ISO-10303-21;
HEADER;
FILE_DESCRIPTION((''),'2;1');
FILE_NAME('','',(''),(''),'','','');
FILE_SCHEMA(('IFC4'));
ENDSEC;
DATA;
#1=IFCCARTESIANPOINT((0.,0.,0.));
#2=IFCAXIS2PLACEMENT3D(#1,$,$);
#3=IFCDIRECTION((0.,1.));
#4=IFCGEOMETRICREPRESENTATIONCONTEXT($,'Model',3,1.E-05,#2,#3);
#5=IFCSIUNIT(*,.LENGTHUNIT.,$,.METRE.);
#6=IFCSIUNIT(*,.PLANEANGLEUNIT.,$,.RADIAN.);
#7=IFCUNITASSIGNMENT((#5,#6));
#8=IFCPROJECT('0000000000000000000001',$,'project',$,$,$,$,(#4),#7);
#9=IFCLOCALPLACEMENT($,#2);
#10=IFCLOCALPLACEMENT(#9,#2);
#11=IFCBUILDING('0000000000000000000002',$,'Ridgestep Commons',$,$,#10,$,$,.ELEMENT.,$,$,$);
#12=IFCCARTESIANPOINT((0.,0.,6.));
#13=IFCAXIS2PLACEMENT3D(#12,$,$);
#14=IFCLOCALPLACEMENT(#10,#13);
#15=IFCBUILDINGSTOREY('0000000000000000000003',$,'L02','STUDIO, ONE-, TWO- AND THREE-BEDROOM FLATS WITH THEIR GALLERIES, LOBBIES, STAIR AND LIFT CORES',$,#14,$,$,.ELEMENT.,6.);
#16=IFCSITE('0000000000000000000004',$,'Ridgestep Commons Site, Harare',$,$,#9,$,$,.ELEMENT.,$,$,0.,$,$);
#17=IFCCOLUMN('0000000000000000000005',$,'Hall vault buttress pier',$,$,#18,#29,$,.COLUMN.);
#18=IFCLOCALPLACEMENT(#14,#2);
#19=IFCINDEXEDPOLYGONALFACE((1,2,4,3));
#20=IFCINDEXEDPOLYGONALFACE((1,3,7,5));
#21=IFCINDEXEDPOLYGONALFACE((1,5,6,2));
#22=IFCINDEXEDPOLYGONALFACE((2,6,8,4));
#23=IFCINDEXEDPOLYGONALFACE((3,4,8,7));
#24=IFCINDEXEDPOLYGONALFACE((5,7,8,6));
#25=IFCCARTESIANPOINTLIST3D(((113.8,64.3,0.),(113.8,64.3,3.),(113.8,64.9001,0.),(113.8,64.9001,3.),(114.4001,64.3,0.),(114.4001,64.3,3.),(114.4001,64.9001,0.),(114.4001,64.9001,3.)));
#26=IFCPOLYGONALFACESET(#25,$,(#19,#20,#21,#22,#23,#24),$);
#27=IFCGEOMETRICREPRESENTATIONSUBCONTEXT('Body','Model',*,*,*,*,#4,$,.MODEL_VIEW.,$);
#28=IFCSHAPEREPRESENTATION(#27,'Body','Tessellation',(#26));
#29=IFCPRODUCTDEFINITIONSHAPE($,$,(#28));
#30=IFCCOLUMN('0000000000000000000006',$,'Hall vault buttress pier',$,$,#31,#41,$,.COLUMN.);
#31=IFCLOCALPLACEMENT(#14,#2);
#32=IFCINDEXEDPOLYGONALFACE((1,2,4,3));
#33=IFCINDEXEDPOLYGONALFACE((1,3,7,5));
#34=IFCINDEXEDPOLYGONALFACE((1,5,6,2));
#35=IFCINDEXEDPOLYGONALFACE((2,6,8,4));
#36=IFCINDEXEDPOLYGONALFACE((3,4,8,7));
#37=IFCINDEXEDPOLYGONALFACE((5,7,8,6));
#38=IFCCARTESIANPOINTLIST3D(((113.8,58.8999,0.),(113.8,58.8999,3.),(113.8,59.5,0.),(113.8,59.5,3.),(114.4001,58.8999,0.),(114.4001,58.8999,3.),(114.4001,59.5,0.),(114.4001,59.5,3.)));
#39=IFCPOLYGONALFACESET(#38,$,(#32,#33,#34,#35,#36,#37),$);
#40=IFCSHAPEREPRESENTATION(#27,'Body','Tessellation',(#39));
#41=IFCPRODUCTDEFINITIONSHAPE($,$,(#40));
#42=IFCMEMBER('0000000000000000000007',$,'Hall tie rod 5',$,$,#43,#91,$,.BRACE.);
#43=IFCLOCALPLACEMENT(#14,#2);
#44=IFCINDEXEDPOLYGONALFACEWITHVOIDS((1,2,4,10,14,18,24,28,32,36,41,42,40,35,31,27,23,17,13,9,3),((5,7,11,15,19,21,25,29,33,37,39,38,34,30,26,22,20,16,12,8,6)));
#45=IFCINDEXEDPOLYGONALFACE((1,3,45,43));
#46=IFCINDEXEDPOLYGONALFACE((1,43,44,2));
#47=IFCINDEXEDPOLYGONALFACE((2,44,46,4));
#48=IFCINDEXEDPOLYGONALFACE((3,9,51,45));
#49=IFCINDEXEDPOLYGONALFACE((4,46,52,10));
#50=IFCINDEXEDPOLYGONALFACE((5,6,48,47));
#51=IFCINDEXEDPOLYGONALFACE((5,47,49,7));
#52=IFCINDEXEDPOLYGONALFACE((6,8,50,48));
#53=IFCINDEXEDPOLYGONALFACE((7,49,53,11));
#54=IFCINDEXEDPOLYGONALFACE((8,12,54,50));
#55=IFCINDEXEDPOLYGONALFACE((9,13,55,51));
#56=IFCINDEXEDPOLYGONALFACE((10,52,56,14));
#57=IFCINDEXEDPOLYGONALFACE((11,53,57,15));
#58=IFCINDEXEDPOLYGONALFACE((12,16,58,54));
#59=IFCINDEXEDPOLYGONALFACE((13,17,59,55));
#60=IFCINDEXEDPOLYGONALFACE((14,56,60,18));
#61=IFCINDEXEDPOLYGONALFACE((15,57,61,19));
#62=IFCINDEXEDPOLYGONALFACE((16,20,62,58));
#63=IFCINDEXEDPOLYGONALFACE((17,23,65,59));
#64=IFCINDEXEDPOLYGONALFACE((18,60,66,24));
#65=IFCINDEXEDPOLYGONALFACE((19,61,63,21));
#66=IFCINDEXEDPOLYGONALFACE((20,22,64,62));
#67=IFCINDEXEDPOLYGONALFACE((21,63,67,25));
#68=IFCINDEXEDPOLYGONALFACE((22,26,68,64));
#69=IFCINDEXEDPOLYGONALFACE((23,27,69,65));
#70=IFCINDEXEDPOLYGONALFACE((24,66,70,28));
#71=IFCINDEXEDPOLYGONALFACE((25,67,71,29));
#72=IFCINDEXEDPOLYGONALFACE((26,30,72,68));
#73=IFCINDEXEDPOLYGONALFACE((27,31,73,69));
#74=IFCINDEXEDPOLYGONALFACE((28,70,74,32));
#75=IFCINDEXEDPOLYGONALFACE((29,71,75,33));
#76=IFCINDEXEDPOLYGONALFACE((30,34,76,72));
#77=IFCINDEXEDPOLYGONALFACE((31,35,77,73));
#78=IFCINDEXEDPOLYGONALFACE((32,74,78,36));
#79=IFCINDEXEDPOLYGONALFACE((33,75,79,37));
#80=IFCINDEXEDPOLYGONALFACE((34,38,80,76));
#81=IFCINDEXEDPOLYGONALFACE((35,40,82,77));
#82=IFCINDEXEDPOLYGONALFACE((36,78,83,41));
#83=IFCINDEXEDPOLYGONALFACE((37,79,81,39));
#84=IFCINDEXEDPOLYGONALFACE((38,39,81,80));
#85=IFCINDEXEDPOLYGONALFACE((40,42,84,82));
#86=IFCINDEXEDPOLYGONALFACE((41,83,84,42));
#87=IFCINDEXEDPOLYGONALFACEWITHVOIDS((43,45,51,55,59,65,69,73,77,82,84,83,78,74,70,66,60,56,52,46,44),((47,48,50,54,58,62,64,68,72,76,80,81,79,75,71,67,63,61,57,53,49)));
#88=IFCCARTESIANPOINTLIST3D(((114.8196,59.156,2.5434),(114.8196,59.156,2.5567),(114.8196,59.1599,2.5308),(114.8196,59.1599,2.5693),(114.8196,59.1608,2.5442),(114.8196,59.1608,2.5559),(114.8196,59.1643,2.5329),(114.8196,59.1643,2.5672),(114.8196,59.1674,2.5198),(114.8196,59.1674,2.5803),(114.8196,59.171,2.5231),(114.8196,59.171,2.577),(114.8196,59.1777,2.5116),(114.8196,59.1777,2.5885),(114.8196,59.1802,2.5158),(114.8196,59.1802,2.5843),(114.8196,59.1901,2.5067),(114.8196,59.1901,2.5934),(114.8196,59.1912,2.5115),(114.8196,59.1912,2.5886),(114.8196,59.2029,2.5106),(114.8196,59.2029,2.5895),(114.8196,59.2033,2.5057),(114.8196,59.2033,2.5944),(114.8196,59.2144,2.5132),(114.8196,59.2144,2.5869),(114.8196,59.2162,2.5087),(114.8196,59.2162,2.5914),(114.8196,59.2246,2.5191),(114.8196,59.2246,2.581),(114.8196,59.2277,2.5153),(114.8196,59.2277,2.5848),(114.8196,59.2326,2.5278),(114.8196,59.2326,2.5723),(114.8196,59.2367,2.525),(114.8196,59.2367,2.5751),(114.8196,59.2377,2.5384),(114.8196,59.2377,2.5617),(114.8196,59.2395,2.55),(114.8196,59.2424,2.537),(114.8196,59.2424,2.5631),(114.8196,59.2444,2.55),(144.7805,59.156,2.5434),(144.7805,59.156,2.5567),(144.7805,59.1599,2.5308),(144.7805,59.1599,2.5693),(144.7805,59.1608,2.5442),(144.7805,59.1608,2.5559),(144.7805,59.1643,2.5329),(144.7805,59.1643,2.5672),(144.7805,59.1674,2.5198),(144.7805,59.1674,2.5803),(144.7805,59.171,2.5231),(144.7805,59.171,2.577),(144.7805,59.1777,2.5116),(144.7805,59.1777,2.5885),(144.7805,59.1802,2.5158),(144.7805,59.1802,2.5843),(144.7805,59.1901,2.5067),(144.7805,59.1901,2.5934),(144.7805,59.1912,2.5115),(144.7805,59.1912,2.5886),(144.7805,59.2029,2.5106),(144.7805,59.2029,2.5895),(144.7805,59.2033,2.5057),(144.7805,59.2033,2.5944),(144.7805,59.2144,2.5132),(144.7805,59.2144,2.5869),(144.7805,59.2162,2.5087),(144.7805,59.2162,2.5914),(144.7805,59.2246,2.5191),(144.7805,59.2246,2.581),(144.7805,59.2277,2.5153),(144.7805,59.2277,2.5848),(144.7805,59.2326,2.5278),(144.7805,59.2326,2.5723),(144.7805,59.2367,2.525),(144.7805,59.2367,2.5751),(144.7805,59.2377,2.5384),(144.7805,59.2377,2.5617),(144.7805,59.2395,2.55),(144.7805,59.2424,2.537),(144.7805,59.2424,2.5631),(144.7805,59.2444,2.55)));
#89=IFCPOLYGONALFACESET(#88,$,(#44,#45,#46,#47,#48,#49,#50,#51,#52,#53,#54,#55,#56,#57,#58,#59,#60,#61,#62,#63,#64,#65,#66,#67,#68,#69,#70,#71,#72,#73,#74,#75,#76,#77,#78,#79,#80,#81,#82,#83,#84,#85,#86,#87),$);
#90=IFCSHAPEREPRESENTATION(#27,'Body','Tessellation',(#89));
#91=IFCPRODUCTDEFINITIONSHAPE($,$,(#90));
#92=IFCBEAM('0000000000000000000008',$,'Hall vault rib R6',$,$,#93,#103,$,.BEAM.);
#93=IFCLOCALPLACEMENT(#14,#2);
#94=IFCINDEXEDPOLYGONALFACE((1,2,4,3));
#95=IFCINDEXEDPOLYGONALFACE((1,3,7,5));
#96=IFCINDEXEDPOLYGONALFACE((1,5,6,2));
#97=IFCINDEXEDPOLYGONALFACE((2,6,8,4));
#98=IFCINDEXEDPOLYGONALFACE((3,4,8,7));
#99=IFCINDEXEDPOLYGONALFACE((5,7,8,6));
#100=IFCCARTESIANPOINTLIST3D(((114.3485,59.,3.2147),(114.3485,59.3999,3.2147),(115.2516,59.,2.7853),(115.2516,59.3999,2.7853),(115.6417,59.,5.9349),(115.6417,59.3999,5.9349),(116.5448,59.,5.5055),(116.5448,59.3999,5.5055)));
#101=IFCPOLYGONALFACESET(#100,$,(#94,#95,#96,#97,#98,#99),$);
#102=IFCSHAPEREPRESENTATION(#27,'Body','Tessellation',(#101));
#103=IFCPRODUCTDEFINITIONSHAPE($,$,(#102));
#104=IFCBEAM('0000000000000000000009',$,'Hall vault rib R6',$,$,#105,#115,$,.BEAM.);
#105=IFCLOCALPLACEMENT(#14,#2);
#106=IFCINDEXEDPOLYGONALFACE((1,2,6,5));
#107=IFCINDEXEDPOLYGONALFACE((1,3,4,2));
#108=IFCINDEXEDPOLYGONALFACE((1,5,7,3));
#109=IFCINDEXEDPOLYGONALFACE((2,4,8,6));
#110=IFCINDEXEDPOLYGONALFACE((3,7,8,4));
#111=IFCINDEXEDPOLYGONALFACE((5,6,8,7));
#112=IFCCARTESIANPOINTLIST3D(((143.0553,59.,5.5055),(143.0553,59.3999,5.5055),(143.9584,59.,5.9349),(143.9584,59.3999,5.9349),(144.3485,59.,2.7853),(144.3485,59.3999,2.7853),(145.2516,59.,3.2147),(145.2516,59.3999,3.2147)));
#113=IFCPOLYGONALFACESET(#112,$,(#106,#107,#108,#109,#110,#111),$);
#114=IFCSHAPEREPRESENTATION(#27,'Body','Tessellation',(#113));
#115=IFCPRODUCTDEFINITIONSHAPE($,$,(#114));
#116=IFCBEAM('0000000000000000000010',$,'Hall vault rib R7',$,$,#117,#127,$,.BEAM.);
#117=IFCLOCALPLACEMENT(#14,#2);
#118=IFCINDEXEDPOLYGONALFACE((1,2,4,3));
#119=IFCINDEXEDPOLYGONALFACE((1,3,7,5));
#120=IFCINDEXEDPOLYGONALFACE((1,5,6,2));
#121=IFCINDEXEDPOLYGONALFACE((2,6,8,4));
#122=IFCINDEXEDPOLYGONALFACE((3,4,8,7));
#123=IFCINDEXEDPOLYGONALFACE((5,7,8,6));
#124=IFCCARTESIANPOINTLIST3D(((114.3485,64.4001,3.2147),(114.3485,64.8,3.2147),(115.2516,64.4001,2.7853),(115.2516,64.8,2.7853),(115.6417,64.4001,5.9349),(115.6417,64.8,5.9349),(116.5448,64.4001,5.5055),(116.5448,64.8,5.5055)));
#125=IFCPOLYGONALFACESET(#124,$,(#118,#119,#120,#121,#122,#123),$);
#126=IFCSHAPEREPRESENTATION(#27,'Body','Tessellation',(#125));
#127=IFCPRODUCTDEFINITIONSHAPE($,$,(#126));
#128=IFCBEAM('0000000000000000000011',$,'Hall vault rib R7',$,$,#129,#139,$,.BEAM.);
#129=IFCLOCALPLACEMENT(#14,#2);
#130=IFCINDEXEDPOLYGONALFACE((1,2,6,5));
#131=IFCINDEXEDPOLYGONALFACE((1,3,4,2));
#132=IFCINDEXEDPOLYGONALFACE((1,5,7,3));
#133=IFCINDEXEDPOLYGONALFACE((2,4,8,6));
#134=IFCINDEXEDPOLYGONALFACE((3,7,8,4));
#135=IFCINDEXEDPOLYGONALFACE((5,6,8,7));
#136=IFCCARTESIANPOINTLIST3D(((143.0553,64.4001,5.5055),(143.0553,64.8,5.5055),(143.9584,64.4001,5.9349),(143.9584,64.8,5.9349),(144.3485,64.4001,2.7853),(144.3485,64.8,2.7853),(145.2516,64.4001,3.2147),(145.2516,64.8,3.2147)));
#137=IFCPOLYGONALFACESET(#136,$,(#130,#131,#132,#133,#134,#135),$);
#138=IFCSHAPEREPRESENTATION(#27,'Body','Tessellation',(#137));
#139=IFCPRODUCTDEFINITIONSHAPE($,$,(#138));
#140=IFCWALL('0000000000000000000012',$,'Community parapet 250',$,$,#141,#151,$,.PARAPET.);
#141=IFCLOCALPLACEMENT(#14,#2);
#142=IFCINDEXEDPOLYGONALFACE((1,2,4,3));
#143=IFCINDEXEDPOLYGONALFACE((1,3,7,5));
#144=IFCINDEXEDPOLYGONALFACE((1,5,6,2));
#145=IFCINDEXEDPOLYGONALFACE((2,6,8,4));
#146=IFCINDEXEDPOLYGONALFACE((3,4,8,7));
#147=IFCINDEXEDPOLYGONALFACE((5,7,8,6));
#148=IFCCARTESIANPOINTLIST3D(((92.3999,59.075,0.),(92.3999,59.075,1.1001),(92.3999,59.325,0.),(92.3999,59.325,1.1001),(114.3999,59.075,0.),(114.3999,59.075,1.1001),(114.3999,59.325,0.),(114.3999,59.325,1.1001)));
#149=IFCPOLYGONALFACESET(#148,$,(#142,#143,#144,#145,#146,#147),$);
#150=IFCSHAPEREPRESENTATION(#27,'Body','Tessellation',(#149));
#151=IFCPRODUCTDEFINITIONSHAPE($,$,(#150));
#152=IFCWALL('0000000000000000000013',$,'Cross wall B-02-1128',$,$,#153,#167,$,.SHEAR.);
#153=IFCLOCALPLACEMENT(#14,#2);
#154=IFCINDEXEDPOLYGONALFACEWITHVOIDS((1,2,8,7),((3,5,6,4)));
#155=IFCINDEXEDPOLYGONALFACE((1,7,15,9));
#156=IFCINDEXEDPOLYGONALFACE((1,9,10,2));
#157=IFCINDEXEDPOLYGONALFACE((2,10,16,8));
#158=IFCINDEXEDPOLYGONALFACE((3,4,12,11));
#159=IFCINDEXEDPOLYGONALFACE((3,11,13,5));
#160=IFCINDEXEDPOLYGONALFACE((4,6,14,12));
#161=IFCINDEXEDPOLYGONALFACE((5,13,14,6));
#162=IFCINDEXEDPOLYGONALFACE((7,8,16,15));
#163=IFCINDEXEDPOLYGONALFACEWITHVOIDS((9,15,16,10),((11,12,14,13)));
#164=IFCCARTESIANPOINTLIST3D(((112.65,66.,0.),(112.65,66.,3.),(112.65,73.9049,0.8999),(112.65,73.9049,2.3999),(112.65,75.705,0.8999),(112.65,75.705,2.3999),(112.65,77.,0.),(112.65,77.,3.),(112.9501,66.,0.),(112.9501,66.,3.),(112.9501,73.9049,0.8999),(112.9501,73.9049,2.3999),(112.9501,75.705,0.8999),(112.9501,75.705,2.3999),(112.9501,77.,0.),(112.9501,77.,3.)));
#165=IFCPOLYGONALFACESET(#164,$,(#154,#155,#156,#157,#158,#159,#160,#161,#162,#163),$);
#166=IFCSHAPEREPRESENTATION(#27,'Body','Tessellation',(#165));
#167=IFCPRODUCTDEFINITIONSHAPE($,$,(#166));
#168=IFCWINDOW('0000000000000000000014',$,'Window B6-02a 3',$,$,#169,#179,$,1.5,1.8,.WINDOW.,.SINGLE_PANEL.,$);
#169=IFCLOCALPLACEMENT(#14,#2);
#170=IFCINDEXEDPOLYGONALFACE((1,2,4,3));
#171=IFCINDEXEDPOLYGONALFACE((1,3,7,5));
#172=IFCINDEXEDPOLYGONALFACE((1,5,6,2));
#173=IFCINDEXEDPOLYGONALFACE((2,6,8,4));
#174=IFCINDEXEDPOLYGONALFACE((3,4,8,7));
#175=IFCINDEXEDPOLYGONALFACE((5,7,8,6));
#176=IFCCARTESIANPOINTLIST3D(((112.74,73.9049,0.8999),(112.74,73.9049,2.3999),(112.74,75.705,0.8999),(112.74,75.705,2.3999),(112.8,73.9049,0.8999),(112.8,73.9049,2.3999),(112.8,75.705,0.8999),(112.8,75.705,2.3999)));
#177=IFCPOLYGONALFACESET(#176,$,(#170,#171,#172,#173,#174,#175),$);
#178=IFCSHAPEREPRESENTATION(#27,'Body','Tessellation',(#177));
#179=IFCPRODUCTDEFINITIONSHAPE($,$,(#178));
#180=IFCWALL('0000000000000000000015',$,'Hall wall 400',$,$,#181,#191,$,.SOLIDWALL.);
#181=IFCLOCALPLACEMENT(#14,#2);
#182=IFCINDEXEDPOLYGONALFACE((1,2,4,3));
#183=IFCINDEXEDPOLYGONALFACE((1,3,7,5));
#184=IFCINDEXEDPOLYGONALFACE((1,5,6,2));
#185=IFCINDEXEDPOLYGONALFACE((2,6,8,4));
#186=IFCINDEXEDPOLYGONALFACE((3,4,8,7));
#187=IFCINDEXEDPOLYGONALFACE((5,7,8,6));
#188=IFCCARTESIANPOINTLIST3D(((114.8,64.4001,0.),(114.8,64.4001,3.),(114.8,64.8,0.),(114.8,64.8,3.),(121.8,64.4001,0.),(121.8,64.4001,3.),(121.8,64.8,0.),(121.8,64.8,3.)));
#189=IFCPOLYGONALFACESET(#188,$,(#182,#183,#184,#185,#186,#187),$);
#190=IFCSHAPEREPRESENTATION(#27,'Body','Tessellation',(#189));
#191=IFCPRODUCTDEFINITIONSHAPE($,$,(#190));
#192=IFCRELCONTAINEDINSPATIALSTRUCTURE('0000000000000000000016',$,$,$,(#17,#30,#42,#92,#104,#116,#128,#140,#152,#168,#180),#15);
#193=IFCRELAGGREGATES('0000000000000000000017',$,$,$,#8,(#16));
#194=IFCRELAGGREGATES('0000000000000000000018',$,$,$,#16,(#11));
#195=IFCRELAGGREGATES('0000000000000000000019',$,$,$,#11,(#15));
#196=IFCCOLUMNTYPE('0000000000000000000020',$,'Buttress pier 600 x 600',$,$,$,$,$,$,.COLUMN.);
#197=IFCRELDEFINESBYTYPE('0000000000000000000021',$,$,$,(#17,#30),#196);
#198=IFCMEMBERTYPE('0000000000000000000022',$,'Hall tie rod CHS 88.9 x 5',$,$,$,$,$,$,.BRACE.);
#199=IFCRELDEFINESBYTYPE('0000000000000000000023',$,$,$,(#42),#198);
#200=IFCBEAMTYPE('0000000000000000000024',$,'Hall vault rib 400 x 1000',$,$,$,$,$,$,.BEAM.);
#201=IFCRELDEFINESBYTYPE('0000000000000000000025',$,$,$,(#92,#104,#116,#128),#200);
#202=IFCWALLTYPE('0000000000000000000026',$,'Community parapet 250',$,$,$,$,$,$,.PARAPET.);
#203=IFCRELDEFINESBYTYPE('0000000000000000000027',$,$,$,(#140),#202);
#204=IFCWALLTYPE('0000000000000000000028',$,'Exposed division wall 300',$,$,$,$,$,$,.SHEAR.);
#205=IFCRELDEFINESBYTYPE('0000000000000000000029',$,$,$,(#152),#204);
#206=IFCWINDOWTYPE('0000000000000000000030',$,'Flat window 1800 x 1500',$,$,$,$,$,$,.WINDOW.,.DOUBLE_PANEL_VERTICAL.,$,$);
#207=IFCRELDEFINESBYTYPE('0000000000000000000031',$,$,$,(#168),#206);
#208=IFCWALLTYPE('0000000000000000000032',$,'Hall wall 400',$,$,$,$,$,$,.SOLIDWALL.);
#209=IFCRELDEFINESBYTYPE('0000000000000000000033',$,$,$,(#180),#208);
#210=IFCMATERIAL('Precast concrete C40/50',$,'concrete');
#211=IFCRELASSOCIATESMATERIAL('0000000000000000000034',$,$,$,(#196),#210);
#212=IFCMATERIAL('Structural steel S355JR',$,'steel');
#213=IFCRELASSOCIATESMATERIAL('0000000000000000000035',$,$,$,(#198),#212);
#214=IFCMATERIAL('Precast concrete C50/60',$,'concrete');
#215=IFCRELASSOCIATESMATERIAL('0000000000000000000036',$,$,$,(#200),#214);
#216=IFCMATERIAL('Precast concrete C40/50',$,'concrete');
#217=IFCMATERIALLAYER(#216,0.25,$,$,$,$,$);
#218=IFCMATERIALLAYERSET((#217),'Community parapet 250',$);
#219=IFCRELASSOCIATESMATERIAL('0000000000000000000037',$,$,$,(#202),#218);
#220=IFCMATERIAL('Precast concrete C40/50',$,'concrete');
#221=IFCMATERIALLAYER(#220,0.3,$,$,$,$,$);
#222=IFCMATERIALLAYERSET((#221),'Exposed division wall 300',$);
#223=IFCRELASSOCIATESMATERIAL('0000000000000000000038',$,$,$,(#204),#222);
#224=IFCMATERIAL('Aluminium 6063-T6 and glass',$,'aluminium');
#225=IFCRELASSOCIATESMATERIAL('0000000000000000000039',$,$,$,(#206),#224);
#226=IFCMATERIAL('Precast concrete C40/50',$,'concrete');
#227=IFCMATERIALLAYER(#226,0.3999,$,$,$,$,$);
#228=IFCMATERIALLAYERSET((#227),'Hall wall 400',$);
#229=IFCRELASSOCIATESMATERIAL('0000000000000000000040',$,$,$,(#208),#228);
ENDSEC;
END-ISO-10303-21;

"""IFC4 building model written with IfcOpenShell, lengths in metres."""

from ifc_helpers import new_model, si_unit, direction, frame, frame_2d, origin, origin_2d, place, context, subcontext, project, spatial, rectangle, hollow_circle, extrude, material, layer, layer_set, material_profile, profile_set, type_object, element, fill, save


model = new_model("IFC4")

# Units and contexts
model_context = context("Model", 3, precision=1e-05, world=origin(), true_north=direction((0.0, 1.0)))
body_context = subcontext(model_context, "Body", "Model", "MODEL_VIEW")
ifc_project = project(units=[si_unit("LENGTHUNIT", "METRE"), si_unit("PLANEANGLEUNIT", "RADIAN")], contexts=[model_context])

# Site, building, storey
site_placement = place(None, origin())
site = spatial("IfcSite", under=ifc_project, at=site_placement, Name="Ridgestep Commons Site, Harare", CompositionType="ELEMENT", RefElevation=0.0)
building_placement = place(site_placement, origin())
building = spatial("IfcBuilding", under=site, at=building_placement, Name="Ridgestep Commons", CompositionType="ELEMENT")
storey_placement = place(building_placement, frame((0.0, 0.0, 6.0)))
storey = spatial("IfcBuildingStorey", under=building, at=storey_placement, Name="L02", Description="STUDIO, ONE-, TWO- AND THREE-BEDROOM FLATS WITH THEIR GALLERIES, LOBBIES, STAIR AND LIFT CORES", CompositionType="ELEMENT", Elevation=6.0)

# Columns
ifc_material_1 = material(Name="Precast concrete C40/50", Category="concrete")
ifc_material_profile_1 = material_profile(ifc_material_1, rectangle(XDim=0.6001, YDim=0.6001, at=origin_2d()), Name="Buttress pier 600 x 600")
ifc_profile_set_1 = profile_set([ifc_material_profile_1], Name="Precast concrete C40/50")
column_type = type_object("IfcColumnType", Name="Buttress pier 600 x 600", PredefinedType="COLUMN", material=ifc_profile_set_1)
for number, where, z_axis, x_axis, name in (
    (1, (114.1001, 64.6001, 0.0), (0.0, 0.0, 1.0), (1.0, 0.0, 0.0), "Hall vault buttress pier"),
    (2, (114.1001, 59.2, 0.0), (0.0, 0.0, 1.0), (1.0, 0.0, 0.0), "Hall vault buttress pier"),
):
    element("IfcColumn", number, at=place(storey_placement, frame(where, z_axis=z_axis, x_axis=x_axis)), inside=storey, type_object=column_type, Name=name, PredefinedType="COLUMN", context=body_context, shape_type="SweptSolid", body=[
        extrude(rectangle(XDim=0.6001, YDim=0.6001, at=origin_2d()), origin(), (0.0, 0.0, 1.0), 3.0),
    ])

# Member
ifc_material_2 = material(Name="Structural steel S355JR", Category="steel")
ifc_material_profile_2 = material_profile(ifc_material_2, hollow_circle(Radius=0.0444, WallThickness=0.0049, at=origin_2d()), Name="CHS 88.9x5.0")
ifc_profile_set_2 = profile_set([ifc_material_profile_2], Name="Structural steel S355JR")
member_type = type_object("IfcMemberType", Name="Hall tie rod CHS 88.9 x 5", PredefinedType="BRACE", material=ifc_profile_set_2)
member_placement = place(storey_placement, frame((114.8196, 59.2, 2.55), z_axis=(1.0, 0.0, 0.0), x_axis=(0.0, 1.0, 0.0)))
element("IfcMember", 3, at=member_placement, inside=storey, type_object=member_type, Name="Hall tie rod 5", PredefinedType="BRACE", context=body_context, shape_type="SweptSolid", body=[
    extrude(hollow_circle(Radius=0.0444, WallThickness=0.0049, at=origin_2d()), origin(), (0.0, 0.0, 1.0), 29.9609),
])

# Beams
ifc_material_3 = material(Name="Precast concrete C50/60", Category="concrete")
ifc_material_profile_3 = material_profile(ifc_material_3, rectangle(XDim=0.3999, YDim=1.0, at=origin_2d()), Name="Hall vault rib 400 x 1000")
ifc_profile_set_3 = profile_set([ifc_material_profile_3], Name="Precast concrete C50/60")
beam_type = type_object("IfcBeamType", Name="Hall vault rib 400 x 1000", PredefinedType="BEAM", material=ifc_profile_set_3)
for number, where, z_axis, x_axis, name in (
    (4, (114.8, 59.2, 3.0), (0.429358, 0.0, 0.903135), (0.0, 1.0, 0.0), "Hall vault rib R6"),
    (5, (143.5068, 59.2, 5.7202), (0.429358, 0.0, -0.903135), (0.0, 1.0, 0.0), "Hall vault rib R6"),
    (6, (114.8, 64.6001, 3.0), (0.429358, 0.0, 0.903135), (0.0, 1.0, 0.0), "Hall vault rib R7"),
    (7, (143.5068, 64.6001, 5.7202), (0.429358, 0.0, -0.903135), (0.0, 1.0, 0.0), "Hall vault rib R7"),
):
    element("IfcBeam", number, at=place(storey_placement, frame(where, z_axis=z_axis, x_axis=x_axis)), inside=storey, type_object=beam_type, Name=name, PredefinedType="BEAM", context=body_context, shape_type="SweptSolid", body=[
        extrude(rectangle(XDim=0.3999, YDim=1.0, at=origin_2d()), origin(), (0.0, 0.0, 1.0), 3.012),
    ])

# Wall
ifc_material_4 = material(Name="Precast concrete C40/50", Category="concrete")
ifc_layer_1 = layer(ifc_material_4, 0.25)
ifc_layer_set_1 = layer_set([ifc_layer_1], Name="Community parapet 250")
wall_type_1 = type_object("IfcWallType", Name="Community parapet 250", PredefinedType="PARAPET", material=ifc_layer_set_1)
wall_1_placement = place(storey_placement, frame((114.3999, 59.2, 0.0), z_axis=(0.0, 0.0, 1.0), x_axis=(-1.0, 0.0, 0.0)))
element("IfcWall", 8, at=wall_1_placement, inside=storey, type_object=wall_type_1, Name="Community parapet 250", PredefinedType="PARAPET", context=body_context, shape_type="SweptSolid", body=[
    extrude(rectangle(XDim=22.0, YDim=0.25, at=frame_2d((11.0, 0.0))), origin(), (0.0, 0.0, 1.0), 1.1001),
])

# Wall, opening, window
ifc_material_5 = material(Name="Precast concrete C40/50", Category="concrete")
ifc_layer_2 = layer(ifc_material_5, 0.3)
ifc_layer_set_2 = layer_set([ifc_layer_2], Name="Exposed division wall 300")
wall_type_2 = type_object("IfcWallType", Name="Exposed division wall 300", PredefinedType="SHEAR", material=ifc_layer_set_2)
wall_2_placement = place(storey_placement, frame((112.8, 66.0, 0.0), z_axis=(0.0, 0.0, 1.0), x_axis=(0.0, 1.0, 0.0)))
wall_2 = element("IfcWall", 9, at=wall_2_placement, inside=storey, type_object=wall_type_2, Name="Cross wall B-02-1128", PredefinedType="SHEAR", context=body_context, shape_type="SweptSolid", body=[
    extrude(rectangle(XDim=11.0, YDim=0.3, at=frame_2d((5.5, 0.0))), origin(), (0.0, 0.0, 1.0), 3.0),
])
opening_1_placement = place(wall_2_placement, frame((7.905, 0.0, 0.8999)))
opening_1 = element("IfcOpeningElement", 10, at=opening_1_placement, cuts=wall_2, PredefinedType="OPENING", context=body_context, shape_type="SweptSolid", body=[
    extrude(rectangle(XDim=1.8, YDim=1.5, at=frame_2d((0.8999, 0.75))), frame((0.0, 0.1599, 0.0), z_axis=(0.0, -1.0, 0.0), x_axis=(1.0, 0.0, 0.0)), (0.0, 0.0, 1.0), 0.3201),
])
ifc_material_6 = material(Name="Aluminium 6063-T6 and glass", Category="aluminium")
window_type = type_object("IfcWindowType", Name="Flat window 1800 x 1500", PartitioningType="DOUBLE_PANEL_VERTICAL", PredefinedType="WINDOW", material=ifc_material_6)
window_placement = place(opening_1_placement, origin())
window = element("IfcWindow", 11, at=window_placement, inside=storey, type_object=window_type, Name="Window B6-02a 3", OverallHeight=1.5, OverallWidth=1.8, PartitioningType="SINGLE_PANEL", PredefinedType="WINDOW", context=body_context, shape_type="SweptSolid", body=[
    extrude(rectangle(XDim=1.8, YDim=1.5, at=frame_2d((0.8999, 0.75))), frame((0.0, 0.0601, 0.0), z_axis=(0.0, -1.0, 0.0), x_axis=(1.0, 0.0, 0.0)), (0.0, 0.0, 1.0), 0.0601),
])
fill(opening_1, window)

# Wall
ifc_material_7 = material(Name="Precast concrete C40/50", Category="concrete")
ifc_layer_3 = layer(ifc_material_7, 0.3999)
ifc_layer_set_3 = layer_set([ifc_layer_3], Name="Hall wall 400")
wall_type_3 = type_object("IfcWallType", Name="Hall wall 400", PredefinedType="SOLIDWALL", material=ifc_layer_set_3)
for number, where, z_axis, x_axis, name in (
    (12, (114.8, 64.6001, 0.0), (0.0, 0.0, 1.0), (1.0, 0.0, 0.0), "Hall wall 400"),
):
    element("IfcWall", number, at=place(storey_placement, frame(where, z_axis=z_axis, x_axis=x_axis)), inside=storey, type_object=wall_type_3, Name=name, PredefinedType="SOLIDWALL", context=body_context, shape_type="SweptSolid", body=[
        extrude(rectangle(XDim=7.0, YDim=0.3999, at=frame_2d((3.5, 0.0))), origin(), (0.0, 0.0, 1.0), 3.0),
    ])

save(model, "model.ifc")
